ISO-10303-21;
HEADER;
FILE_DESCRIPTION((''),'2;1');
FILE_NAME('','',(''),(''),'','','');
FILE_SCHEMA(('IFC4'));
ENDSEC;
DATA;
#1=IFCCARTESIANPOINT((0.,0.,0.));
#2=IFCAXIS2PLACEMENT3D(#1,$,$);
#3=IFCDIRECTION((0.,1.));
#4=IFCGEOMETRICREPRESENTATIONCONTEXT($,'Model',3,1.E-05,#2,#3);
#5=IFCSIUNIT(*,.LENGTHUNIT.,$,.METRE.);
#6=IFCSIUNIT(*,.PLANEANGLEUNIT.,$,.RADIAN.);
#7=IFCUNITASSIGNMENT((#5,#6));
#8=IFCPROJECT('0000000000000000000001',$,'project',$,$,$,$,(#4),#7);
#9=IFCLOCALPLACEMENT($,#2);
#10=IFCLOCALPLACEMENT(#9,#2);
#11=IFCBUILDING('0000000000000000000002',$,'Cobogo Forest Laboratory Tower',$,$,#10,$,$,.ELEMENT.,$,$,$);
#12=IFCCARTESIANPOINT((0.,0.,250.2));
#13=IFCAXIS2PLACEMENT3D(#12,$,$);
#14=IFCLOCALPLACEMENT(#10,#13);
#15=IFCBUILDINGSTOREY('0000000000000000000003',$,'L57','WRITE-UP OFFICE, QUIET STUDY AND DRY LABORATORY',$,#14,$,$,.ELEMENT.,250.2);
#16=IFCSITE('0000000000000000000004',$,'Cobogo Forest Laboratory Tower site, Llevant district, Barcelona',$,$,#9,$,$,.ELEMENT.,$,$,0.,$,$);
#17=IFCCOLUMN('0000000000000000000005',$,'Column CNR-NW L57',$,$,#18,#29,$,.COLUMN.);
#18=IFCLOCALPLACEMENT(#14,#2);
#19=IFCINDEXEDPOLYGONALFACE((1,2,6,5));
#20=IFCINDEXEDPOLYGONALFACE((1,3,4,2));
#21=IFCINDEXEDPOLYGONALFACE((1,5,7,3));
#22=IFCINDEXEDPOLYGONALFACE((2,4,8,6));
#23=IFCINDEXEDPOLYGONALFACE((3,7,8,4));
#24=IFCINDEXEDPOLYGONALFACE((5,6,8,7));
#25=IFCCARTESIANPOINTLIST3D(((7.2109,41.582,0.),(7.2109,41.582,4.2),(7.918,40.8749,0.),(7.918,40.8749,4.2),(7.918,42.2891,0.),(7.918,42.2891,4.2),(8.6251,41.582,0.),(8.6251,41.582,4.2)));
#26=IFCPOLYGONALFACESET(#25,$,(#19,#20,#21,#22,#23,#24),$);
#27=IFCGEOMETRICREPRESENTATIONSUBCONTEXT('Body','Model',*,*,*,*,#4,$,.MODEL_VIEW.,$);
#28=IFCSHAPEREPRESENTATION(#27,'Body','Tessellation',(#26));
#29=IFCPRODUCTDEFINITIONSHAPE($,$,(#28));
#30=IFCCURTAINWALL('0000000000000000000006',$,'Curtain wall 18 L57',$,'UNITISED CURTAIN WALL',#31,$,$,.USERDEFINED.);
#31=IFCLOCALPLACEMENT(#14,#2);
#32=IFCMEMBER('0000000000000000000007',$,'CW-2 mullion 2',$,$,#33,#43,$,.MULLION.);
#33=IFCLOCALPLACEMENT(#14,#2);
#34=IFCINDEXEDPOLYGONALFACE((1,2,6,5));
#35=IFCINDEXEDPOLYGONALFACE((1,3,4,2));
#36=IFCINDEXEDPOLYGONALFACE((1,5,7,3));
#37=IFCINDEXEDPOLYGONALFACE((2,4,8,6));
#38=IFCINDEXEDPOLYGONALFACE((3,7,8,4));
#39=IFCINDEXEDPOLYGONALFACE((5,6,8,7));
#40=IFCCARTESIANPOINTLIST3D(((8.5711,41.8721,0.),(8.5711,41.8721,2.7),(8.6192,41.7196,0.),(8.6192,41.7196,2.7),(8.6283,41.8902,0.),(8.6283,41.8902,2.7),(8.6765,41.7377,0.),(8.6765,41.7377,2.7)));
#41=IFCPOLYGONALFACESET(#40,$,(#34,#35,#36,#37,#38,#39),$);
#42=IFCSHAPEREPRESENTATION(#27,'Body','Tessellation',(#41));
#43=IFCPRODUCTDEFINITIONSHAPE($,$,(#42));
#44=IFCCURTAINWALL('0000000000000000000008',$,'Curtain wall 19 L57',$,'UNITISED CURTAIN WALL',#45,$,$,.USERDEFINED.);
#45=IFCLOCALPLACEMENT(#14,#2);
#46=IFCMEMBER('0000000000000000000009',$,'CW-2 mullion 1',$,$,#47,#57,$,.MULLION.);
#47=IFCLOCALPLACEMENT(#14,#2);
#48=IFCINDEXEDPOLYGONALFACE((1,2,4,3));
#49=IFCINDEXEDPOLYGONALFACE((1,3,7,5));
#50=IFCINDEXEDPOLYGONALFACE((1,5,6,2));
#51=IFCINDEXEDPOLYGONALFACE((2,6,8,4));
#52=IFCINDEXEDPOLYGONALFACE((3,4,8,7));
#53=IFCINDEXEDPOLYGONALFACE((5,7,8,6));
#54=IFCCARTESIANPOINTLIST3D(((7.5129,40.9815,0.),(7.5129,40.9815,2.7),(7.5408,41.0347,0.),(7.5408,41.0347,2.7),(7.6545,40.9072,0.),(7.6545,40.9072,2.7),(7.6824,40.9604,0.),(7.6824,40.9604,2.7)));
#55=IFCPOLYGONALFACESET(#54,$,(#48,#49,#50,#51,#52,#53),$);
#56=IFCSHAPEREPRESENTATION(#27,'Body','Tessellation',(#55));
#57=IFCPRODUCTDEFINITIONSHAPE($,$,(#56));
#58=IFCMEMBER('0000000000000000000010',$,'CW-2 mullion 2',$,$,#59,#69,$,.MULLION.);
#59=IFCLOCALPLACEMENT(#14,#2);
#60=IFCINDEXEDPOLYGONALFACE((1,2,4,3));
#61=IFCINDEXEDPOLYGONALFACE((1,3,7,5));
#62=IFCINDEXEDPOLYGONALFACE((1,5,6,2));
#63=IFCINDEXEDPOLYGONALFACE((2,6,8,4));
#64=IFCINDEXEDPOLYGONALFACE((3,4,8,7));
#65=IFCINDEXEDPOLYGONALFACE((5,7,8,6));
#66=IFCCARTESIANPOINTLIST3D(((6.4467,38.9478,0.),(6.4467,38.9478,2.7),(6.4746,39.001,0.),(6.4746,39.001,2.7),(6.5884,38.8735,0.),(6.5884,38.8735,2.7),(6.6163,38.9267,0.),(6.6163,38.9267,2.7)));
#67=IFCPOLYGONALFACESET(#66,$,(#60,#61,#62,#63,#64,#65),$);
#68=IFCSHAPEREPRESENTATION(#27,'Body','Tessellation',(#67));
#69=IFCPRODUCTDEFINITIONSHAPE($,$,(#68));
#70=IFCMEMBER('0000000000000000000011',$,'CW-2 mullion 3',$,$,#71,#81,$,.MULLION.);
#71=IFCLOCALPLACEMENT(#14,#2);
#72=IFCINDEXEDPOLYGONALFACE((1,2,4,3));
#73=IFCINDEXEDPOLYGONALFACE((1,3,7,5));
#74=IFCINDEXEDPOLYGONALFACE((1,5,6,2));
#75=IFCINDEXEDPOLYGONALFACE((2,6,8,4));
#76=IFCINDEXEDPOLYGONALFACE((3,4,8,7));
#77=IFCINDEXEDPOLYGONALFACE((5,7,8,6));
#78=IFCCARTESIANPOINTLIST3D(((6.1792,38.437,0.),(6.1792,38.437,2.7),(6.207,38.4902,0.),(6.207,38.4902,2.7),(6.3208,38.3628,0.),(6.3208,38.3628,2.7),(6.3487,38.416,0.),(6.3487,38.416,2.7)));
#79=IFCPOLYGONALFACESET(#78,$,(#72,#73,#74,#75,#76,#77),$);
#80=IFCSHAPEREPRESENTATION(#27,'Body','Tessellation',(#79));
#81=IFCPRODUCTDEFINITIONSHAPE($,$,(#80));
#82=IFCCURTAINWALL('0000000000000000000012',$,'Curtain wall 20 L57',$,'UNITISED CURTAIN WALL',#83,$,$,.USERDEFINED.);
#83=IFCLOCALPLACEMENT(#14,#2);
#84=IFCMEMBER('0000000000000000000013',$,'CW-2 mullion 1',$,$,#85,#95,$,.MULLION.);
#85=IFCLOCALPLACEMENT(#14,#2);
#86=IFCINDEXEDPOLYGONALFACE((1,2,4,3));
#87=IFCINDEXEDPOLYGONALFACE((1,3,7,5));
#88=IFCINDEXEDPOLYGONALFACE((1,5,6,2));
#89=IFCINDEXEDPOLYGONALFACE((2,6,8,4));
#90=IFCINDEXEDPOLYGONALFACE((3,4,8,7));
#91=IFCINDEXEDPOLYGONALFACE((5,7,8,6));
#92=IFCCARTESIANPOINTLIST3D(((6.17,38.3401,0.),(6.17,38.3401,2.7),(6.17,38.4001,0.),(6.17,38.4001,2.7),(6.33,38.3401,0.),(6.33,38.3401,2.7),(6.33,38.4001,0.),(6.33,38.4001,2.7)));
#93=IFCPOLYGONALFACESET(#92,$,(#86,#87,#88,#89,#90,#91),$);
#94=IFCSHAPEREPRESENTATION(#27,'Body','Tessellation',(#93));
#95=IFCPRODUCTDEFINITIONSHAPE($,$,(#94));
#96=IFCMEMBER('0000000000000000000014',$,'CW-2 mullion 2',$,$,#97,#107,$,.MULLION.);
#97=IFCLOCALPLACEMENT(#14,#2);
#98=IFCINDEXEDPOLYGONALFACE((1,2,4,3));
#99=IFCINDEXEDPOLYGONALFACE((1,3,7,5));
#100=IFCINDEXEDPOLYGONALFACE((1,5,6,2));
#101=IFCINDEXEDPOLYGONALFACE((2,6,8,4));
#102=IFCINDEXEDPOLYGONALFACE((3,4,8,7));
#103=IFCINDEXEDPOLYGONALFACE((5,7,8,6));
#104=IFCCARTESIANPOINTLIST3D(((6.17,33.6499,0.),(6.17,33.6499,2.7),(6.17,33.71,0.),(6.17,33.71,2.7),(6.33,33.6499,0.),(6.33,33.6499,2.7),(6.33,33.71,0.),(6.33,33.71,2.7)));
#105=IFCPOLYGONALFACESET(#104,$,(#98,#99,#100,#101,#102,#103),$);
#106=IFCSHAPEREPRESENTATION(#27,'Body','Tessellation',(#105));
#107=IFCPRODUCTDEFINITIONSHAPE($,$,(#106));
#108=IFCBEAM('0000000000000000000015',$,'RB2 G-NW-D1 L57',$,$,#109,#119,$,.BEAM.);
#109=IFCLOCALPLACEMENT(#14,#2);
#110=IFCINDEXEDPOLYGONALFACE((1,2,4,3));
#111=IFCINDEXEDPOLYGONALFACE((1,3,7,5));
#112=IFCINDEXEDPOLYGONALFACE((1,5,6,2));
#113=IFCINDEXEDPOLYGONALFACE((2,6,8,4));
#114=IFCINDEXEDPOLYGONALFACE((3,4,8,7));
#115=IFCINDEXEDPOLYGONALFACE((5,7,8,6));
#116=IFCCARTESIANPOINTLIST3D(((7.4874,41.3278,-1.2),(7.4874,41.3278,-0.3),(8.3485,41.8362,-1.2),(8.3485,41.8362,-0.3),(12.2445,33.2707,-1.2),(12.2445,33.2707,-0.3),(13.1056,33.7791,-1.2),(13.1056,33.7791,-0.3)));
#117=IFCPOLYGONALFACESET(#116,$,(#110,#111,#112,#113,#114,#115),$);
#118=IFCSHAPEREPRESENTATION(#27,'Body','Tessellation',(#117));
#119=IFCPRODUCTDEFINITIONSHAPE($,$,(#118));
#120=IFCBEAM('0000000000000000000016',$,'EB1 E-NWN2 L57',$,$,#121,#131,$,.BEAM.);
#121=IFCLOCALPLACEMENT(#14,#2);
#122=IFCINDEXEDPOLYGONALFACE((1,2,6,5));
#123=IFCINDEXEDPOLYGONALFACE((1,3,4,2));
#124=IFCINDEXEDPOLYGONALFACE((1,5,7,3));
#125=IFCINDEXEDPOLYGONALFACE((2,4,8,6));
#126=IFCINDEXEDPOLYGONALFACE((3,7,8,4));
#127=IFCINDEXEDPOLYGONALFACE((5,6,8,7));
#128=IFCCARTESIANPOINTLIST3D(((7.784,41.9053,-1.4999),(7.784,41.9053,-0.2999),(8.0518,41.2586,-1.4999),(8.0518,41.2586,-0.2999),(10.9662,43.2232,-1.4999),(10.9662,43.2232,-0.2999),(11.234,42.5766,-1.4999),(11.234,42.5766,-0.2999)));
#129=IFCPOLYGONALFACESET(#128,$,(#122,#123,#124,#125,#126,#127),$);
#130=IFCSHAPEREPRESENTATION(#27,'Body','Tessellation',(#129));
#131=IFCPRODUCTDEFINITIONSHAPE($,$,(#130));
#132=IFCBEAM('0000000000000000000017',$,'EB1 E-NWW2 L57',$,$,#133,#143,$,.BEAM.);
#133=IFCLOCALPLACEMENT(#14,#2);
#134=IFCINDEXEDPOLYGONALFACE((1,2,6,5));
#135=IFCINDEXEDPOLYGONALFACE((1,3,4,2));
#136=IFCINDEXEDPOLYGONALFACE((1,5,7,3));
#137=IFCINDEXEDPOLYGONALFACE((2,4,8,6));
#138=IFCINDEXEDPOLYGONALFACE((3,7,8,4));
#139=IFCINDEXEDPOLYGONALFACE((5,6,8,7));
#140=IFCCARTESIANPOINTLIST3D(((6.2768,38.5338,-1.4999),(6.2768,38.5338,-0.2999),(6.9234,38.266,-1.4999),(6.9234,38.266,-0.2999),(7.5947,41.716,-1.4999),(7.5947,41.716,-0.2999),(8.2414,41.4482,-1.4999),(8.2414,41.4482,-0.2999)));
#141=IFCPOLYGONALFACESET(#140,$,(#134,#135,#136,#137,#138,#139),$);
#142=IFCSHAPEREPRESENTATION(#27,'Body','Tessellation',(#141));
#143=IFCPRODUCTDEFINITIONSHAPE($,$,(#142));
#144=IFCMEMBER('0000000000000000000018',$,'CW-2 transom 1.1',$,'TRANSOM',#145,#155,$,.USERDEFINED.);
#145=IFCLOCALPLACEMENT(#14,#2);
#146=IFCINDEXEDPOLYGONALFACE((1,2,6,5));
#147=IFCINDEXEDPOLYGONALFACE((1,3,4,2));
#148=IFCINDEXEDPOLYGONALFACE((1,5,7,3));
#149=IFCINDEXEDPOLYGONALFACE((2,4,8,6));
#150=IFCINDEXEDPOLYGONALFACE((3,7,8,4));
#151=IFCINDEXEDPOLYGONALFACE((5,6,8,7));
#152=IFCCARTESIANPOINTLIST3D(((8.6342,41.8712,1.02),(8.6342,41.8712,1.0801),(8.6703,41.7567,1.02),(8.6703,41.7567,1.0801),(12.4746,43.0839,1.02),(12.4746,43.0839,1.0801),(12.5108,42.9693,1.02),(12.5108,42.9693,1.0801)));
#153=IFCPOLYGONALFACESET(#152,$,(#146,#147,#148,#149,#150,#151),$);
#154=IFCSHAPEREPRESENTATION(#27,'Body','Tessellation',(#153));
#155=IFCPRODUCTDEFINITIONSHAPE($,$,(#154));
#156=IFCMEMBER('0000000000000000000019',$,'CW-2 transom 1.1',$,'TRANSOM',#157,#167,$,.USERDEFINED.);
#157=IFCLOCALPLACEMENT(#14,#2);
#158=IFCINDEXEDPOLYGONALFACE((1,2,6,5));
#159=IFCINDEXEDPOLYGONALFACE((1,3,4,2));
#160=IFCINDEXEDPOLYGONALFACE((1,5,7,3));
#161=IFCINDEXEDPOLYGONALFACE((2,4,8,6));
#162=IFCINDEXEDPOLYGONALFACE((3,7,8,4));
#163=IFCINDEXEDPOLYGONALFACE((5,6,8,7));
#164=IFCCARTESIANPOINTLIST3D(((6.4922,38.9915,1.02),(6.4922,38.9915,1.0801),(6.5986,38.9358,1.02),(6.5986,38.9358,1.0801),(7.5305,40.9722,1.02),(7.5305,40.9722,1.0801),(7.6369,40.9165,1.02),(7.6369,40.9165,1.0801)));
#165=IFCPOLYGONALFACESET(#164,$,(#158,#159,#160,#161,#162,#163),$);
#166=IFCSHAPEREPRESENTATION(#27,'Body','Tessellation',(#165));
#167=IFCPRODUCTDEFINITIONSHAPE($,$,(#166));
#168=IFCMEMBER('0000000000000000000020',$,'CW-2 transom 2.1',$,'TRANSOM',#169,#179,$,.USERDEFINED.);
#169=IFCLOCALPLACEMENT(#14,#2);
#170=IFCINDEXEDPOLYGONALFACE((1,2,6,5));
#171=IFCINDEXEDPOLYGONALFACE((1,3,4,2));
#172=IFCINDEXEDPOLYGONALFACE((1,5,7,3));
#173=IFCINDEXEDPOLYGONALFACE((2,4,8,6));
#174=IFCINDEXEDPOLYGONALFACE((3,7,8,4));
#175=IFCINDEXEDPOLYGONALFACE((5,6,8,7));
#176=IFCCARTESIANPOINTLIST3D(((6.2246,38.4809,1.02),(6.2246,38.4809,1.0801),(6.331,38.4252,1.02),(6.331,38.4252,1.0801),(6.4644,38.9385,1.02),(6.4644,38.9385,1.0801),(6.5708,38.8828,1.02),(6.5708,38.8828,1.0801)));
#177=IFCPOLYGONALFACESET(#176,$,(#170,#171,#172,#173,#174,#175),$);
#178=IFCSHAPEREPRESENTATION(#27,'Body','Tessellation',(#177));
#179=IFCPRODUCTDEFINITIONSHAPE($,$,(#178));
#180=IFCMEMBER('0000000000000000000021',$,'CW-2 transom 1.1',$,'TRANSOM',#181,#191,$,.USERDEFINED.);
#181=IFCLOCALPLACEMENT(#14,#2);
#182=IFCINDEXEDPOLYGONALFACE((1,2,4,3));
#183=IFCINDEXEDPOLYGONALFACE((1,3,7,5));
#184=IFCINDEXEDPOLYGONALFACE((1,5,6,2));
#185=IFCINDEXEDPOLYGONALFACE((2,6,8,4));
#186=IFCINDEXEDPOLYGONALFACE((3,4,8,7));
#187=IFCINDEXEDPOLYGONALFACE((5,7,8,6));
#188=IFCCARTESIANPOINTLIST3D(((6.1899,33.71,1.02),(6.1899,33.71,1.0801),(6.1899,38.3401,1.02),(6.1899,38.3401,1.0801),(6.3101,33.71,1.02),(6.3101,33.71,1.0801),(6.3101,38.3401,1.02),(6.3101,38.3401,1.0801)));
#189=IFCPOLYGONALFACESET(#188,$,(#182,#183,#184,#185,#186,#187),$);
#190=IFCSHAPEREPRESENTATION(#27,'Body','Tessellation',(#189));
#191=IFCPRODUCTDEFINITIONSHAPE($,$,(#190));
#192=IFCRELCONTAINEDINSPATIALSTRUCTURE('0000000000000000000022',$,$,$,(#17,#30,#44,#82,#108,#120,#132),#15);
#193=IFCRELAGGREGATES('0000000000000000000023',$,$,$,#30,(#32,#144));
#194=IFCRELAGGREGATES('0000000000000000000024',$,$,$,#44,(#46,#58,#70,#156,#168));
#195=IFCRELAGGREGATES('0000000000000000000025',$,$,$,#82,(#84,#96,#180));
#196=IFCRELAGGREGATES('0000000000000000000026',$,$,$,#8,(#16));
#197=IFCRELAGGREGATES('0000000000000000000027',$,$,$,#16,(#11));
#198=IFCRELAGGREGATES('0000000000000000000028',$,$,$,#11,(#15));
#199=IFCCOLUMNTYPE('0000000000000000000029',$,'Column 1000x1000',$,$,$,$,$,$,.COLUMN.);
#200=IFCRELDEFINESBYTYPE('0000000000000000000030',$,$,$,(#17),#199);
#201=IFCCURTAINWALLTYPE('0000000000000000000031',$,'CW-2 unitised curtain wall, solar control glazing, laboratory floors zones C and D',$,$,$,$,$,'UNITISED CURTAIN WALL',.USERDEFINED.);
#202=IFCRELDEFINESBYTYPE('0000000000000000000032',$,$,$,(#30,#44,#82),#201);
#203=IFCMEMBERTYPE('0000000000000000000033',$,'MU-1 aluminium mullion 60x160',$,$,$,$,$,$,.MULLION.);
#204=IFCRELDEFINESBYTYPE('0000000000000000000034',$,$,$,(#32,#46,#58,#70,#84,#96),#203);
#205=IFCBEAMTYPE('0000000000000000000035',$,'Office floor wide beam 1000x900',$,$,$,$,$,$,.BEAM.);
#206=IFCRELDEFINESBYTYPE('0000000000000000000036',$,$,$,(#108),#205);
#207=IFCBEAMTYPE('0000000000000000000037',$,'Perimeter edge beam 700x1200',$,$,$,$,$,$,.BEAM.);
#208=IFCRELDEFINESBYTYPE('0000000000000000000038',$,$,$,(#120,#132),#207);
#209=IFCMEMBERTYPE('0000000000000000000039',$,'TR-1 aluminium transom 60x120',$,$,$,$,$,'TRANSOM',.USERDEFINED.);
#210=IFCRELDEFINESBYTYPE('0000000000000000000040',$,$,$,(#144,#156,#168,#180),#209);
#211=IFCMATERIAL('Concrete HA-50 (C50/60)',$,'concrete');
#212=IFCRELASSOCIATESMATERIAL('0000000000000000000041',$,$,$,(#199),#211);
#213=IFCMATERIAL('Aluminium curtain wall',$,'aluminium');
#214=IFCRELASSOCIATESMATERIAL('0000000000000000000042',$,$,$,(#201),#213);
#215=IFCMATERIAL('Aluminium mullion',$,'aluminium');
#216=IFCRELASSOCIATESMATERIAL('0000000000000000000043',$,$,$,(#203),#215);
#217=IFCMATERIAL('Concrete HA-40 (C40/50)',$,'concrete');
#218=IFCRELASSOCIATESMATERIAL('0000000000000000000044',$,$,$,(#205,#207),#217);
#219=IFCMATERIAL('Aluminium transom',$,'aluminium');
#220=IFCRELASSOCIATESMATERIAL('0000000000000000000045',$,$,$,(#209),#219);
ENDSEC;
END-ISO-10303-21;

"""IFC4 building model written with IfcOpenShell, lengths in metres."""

from ifc_helpers import new_model, si_unit, direction, frame, origin, origin_2d, place, context, subcontext, project, spatial, rectangle, extrude, material, material_profile, profile_set, type_object, element, aggregate, save


model = new_model("IFC4")

# Units and contexts
model_context = context("Model", 3, precision=1e-05, world=origin(), true_north=direction((0.0, 1.0)))
body_context = subcontext(model_context, "Body", "Model", "MODEL_VIEW")
ifc_project = project(units=[si_unit("LENGTHUNIT", "METRE"), si_unit("PLANEANGLEUNIT", "RADIAN")], contexts=[model_context])

# Site, building, storey
site_placement = place(None, origin())
site = spatial("IfcSite", under=ifc_project, at=site_placement, Name="Cobogo Forest Laboratory Tower site, Llevant district, Barcelona", CompositionType="ELEMENT", RefElevation=0.0)
building_placement = place(site_placement, origin())
building = spatial("IfcBuilding", under=site, at=building_placement, Name="Cobogo Forest Laboratory Tower", CompositionType="ELEMENT")
storey_placement = place(building_placement, frame((0.0, 0.0, 250.2)))
storey = spatial("IfcBuildingStorey", under=building, at=storey_placement, Name="L57", Description="WRITE-UP OFFICE, QUIET STUDY AND DRY LABORATORY", CompositionType="ELEMENT", Elevation=250.2)

# Column
ifc_material_1 = material(Name="Concrete HA-50 (C50/60)", Category="concrete")
ifc_material_profile_1 = material_profile(ifc_material_1, rectangle(XDim=1.0, YDim=1.0, at=origin_2d()), Name="RC 1000x1000")
ifc_profile_set_1 = profile_set([ifc_material_profile_1], Name="Concrete HA-50 (C50/60)")
column_type = type_object("IfcColumnType", Name="Column 1000x1000", PredefinedType="COLUMN", material=ifc_profile_set_1)
column_placement = place(storey_placement, frame((7.918, 41.582, 0.0), z_axis=(0.0, 0.0, 1.0), x_axis=(0.707107, 0.707107, 0.0)))
element("IfcColumn", 1, at=column_placement, inside=storey, type_object=column_type, Name="Column CNR-NW L57", PredefinedType="COLUMN", context=body_context, shape_type="SweptSolid", body=[
    extrude(rectangle(XDim=1.0, YDim=1.0, at=origin_2d()), origin(), (0.0, 0.0, 1.0), 4.2),
])

# Curtain wall, member
ifc_material_2 = material(Name="Aluminium curtain wall", Category="aluminium")
curtain_wall_type = type_object("IfcCurtainWallType", Name="CW-2 unitised curtain wall, solar control glazing, laboratory floors zones C and D", ElementType="UNITISED CURTAIN WALL", PredefinedType="USERDEFINED", material=ifc_material_2)
curtain_wall_1_placement = place(storey_placement, origin())
curtain_wall_1 = element("IfcCurtainWall", 2, at=curtain_wall_1_placement, inside=storey, type_object=curtain_wall_type, Name="Curtain wall 18 L57", ObjectType="UNITISED CURTAIN WALL", PredefinedType="USERDEFINED")
ifc_material_3 = material(Name="Aluminium mullion", Category="aluminium")
ifc_material_profile_2 = material_profile(ifc_material_3, rectangle(XDim=0.0601, YDim=0.1599, at=origin_2d()), Name="AL 60x160")
ifc_profile_set_2 = profile_set([ifc_material_profile_2], Name="Aluminium mullion")
member_type_1 = type_object("IfcMemberType", Name="MU-1 aluminium mullion 60x160", PredefinedType="MULLION", material=ifc_profile_set_2)
member_1_placement = place(storey_placement, frame((8.6238, 41.8049, 0.0), z_axis=(0.0, 0.0, 1.0), x_axis=(-0.953581, -0.301135, 0.0)))
member_1 = element("IfcMember", 3, at=member_1_placement, type_object=member_type_1, Name="CW-2 mullion 2", PredefinedType="MULLION", context=body_context, shape_type="SweptSolid", body=[
    extrude(rectangle(XDim=0.0601, YDim=0.1599, at=origin_2d()), origin(), (0.0, 0.0, 1.0), 2.7),
])

# Curtain walls, members
curtain_wall_2_placement = place(storey_placement, origin())
curtain_wall_2 = element("IfcCurtainWall", 4, at=curtain_wall_2_placement, inside=storey, type_object=curtain_wall_type, Name="Curtain wall 19 L57", ObjectType="UNITISED CURTAIN WALL", PredefinedType="USERDEFINED")
member_2_placement = place(storey_placement, frame((7.5977, 40.9709, 0.0), z_axis=(0.0, 0.0, 1.0), x_axis=(-0.464284, -0.885686, 0.0)))
member_2 = element("IfcMember", 5, at=member_2_placement, type_object=member_type_1, Name="CW-2 mullion 1", PredefinedType="MULLION", context=body_context, shape_type="SweptSolid", body=[
    extrude(rectangle(XDim=0.0601, YDim=0.1599, at=origin_2d()), origin(), (0.0, 0.0, 1.0), 2.7),
])
member_3_placement = place(storey_placement, frame((6.5315, 38.9373, 0.0), z_axis=(0.0, 0.0, 1.0), x_axis=(-0.464284, -0.885686, 0.0)))
member_3 = element("IfcMember", 6, at=member_3_placement, type_object=member_type_1, Name="CW-2 mullion 2", PredefinedType="MULLION", context=body_context, shape_type="SweptSolid", body=[
    extrude(rectangle(XDim=0.0601, YDim=0.1599, at=origin_2d()), origin(), (0.0, 0.0, 1.0), 2.7),
])
member_4_placement = place(storey_placement, frame((6.2639, 38.4265, 0.0), z_axis=(0.0, 0.0, 1.0), x_axis=(-0.464284, -0.885686, 0.0)))
member_4 = element("IfcMember", 7, at=member_4_placement, type_object=member_type_1, Name="CW-2 mullion 3", PredefinedType="MULLION", context=body_context, shape_type="SweptSolid", body=[
    extrude(rectangle(XDim=0.0601, YDim=0.1599, at=origin_2d()), origin(), (0.0, 0.0, 1.0), 2.7),
])
curtain_wall_3_placement = place(storey_placement, origin())
curtain_wall_3 = element("IfcCurtainWall", 8, at=curtain_wall_3_placement, inside=storey, type_object=curtain_wall_type, Name="Curtain wall 20 L57", ObjectType="UNITISED CURTAIN WALL", PredefinedType="USERDEFINED")
member_5_placement = place(storey_placement, frame((6.25, 38.3701, 0.0), z_axis=(0.0, 0.0, 1.0), x_axis=(0.0, -1.0, 0.0)))
member_5 = element("IfcMember", 9, at=member_5_placement, type_object=member_type_1, Name="CW-2 mullion 1", PredefinedType="MULLION", context=body_context, shape_type="SweptSolid", body=[
    extrude(rectangle(XDim=0.0601, YDim=0.1599, at=origin_2d()), origin(), (0.0, 0.0, 1.0), 2.7),
])
member_6_placement = place(storey_placement, frame((6.25, 33.6799, 0.0), z_axis=(0.0, 0.0, 1.0), x_axis=(0.0, -1.0, 0.0)))
member_6 = element("IfcMember", 10, at=member_6_placement, type_object=member_type_1, Name="CW-2 mullion 2", PredefinedType="MULLION", context=body_context, shape_type="SweptSolid", body=[
    extrude(rectangle(XDim=0.0601, YDim=0.1599, at=origin_2d()), origin(), (0.0, 0.0, 1.0), 2.7),
])

# Beams
ifc_material_4 = material(Name="Concrete HA-40 (C40/50)", Category="concrete")
ifc_material_profile_3 = material_profile(ifc_material_4, rectangle(XDim=1.0, YDim=0.8999, at=origin_2d()), Name="RC 1000x900")
ifc_profile_set_3 = profile_set([ifc_material_profile_3], Name="Concrete HA-40 (C40/50)")
beam_type_1 = type_object("IfcBeamType", Name="Office floor wide beam 1000x900", PredefinedType="BEAM", material=ifc_profile_set_3)
beam_placement = place(storey_placement, frame((7.918, 41.582, -0.75), z_axis=(0.508416, -0.861111, 0.0), x_axis=(0.861111, 0.508416, 0.0)))
element("IfcBeam", 11, at=beam_placement, inside=storey, type_object=beam_type_1, Name="RB2 G-NW-D1 L57", PredefinedType="BEAM", context=body_context, shape_type="SweptSolid", body=[
    extrude(rectangle(XDim=1.0, YDim=0.8999, at=origin_2d()), origin(), (0.0, 0.0, 1.0), 9.3567),
])
ifc_material_profile_4 = material_profile(ifc_material_4, rectangle(XDim=0.7, YDim=1.2, at=origin_2d()), Name="RC 700x1200")
ifc_profile_set_4 = profile_set([ifc_material_profile_4], Name="Concrete HA-40 (C40/50)")
beam_type_2 = type_object("IfcBeamType", Name="Perimeter edge beam 700x1200", PredefinedType="BEAM", material=ifc_profile_set_4)
for number, where, z_axis, x_axis, name in (
    (12, (11.1001, 42.8999, -0.8999), (-0.923901, -0.382631, 0.0), (0.382631, -0.923901, 0.0), "EB1 E-NWN2 L57"),
    (13, (6.6001, 38.3999, -0.8999), (0.382631, 0.923901, 0.0), (-0.923901, 0.382631, 0.0), "EB1 E-NWW2 L57"),
):
    element("IfcBeam", number, at=place(storey_placement, frame(where, z_axis=z_axis, x_axis=x_axis)), inside=storey, type_object=beam_type_2, Name=name, PredefinedType="BEAM", context=body_context, shape_type="SweptSolid", body=[
        extrude(rectangle(XDim=0.7, YDim=1.2, at=origin_2d()), origin(), (0.0, 0.0, 1.0), 3.4443),
    ])

# Members
ifc_material_5 = material(Name="Aluminium transom", Category="aluminium")
ifc_material_profile_5 = material_profile(ifc_material_5, rectangle(XDim=0.1201, YDim=0.0601, at=origin_2d()), Name="AL 60x120")
ifc_profile_set_5 = profile_set([ifc_material_profile_5], Name="Aluminium transom")
member_type_2 = type_object("IfcMemberType", Name="TR-1 aluminium transom 60x120", ElementType="TRANSOM", PredefinedType="USERDEFINED", material=ifc_profile_set_5)
member_7_placement = place(storey_placement, frame((12.4927, 43.0266, 1.05), z_axis=(-0.953589, -0.301111, 0.0), x_axis=(0.301111, -0.953589, 0.0)))
member_7 = element("IfcMember", 14, at=member_7_placement, type_object=member_type_2, Name="CW-2 transom 1.1", ObjectType="TRANSOM", PredefinedType="USERDEFINED", context=body_context, shape_type="SweptSolid", body=[
    extrude(rectangle(XDim=0.1201, YDim=0.0601, at=origin_2d()), origin(), (0.0, 0.0, 1.0), 4.0273),
])
member_8_placement = place(storey_placement, frame((7.5837, 40.9443, 1.05), z_axis=(-0.464293, -0.885682, 0.0), x_axis=(0.885682, -0.464293, 0.0)))
member_8 = element("IfcMember", 15, at=member_8_placement, type_object=member_type_2, Name="CW-2 transom 1.1", ObjectType="TRANSOM", PredefinedType="USERDEFINED", context=body_context, shape_type="SweptSolid", body=[
    extrude(rectangle(XDim=0.1201, YDim=0.0601, at=origin_2d()), origin(), (0.0, 0.0, 1.0), 2.2363),
])
member_9_placement = place(storey_placement, frame((6.5176, 38.9106, 1.05), z_axis=(-0.464148, -0.885758, 0.0), x_axis=(0.885758, -0.464148, 0.0)))
member_9 = element("IfcMember", 16, at=member_9_placement, type_object=member_type_2, Name="CW-2 transom 2.1", ObjectType="TRANSOM", PredefinedType="USERDEFINED", context=body_context, shape_type="SweptSolid", body=[
    extrude(rectangle(XDim=0.1201, YDim=0.0601, at=origin_2d()), origin(), (0.0, 0.0, 1.0), 0.5166),
])
member_10_placement = place(storey_placement, frame((6.25, 38.3401, 1.05), z_axis=(0.0, -1.0, 0.0), x_axis=(1.0, 0.0, 0.0)))
member_10 = element("IfcMember", 17, at=member_10_placement, type_object=member_type_2, Name="CW-2 transom 1.1", ObjectType="TRANSOM", PredefinedType="USERDEFINED", context=body_context, shape_type="SweptSolid", body=[
    extrude(rectangle(XDim=0.1201, YDim=0.0601, at=origin_2d()), origin(), (0.0, 0.0, 1.0), 4.6301),
])

aggregate(curtain_wall_1, [member_1, member_7])
aggregate(curtain_wall_2, [member_2, member_3, member_4, member_8, member_9])
aggregate(curtain_wall_3, [member_5, member_6, member_10])

save(model, "model.ifc")
